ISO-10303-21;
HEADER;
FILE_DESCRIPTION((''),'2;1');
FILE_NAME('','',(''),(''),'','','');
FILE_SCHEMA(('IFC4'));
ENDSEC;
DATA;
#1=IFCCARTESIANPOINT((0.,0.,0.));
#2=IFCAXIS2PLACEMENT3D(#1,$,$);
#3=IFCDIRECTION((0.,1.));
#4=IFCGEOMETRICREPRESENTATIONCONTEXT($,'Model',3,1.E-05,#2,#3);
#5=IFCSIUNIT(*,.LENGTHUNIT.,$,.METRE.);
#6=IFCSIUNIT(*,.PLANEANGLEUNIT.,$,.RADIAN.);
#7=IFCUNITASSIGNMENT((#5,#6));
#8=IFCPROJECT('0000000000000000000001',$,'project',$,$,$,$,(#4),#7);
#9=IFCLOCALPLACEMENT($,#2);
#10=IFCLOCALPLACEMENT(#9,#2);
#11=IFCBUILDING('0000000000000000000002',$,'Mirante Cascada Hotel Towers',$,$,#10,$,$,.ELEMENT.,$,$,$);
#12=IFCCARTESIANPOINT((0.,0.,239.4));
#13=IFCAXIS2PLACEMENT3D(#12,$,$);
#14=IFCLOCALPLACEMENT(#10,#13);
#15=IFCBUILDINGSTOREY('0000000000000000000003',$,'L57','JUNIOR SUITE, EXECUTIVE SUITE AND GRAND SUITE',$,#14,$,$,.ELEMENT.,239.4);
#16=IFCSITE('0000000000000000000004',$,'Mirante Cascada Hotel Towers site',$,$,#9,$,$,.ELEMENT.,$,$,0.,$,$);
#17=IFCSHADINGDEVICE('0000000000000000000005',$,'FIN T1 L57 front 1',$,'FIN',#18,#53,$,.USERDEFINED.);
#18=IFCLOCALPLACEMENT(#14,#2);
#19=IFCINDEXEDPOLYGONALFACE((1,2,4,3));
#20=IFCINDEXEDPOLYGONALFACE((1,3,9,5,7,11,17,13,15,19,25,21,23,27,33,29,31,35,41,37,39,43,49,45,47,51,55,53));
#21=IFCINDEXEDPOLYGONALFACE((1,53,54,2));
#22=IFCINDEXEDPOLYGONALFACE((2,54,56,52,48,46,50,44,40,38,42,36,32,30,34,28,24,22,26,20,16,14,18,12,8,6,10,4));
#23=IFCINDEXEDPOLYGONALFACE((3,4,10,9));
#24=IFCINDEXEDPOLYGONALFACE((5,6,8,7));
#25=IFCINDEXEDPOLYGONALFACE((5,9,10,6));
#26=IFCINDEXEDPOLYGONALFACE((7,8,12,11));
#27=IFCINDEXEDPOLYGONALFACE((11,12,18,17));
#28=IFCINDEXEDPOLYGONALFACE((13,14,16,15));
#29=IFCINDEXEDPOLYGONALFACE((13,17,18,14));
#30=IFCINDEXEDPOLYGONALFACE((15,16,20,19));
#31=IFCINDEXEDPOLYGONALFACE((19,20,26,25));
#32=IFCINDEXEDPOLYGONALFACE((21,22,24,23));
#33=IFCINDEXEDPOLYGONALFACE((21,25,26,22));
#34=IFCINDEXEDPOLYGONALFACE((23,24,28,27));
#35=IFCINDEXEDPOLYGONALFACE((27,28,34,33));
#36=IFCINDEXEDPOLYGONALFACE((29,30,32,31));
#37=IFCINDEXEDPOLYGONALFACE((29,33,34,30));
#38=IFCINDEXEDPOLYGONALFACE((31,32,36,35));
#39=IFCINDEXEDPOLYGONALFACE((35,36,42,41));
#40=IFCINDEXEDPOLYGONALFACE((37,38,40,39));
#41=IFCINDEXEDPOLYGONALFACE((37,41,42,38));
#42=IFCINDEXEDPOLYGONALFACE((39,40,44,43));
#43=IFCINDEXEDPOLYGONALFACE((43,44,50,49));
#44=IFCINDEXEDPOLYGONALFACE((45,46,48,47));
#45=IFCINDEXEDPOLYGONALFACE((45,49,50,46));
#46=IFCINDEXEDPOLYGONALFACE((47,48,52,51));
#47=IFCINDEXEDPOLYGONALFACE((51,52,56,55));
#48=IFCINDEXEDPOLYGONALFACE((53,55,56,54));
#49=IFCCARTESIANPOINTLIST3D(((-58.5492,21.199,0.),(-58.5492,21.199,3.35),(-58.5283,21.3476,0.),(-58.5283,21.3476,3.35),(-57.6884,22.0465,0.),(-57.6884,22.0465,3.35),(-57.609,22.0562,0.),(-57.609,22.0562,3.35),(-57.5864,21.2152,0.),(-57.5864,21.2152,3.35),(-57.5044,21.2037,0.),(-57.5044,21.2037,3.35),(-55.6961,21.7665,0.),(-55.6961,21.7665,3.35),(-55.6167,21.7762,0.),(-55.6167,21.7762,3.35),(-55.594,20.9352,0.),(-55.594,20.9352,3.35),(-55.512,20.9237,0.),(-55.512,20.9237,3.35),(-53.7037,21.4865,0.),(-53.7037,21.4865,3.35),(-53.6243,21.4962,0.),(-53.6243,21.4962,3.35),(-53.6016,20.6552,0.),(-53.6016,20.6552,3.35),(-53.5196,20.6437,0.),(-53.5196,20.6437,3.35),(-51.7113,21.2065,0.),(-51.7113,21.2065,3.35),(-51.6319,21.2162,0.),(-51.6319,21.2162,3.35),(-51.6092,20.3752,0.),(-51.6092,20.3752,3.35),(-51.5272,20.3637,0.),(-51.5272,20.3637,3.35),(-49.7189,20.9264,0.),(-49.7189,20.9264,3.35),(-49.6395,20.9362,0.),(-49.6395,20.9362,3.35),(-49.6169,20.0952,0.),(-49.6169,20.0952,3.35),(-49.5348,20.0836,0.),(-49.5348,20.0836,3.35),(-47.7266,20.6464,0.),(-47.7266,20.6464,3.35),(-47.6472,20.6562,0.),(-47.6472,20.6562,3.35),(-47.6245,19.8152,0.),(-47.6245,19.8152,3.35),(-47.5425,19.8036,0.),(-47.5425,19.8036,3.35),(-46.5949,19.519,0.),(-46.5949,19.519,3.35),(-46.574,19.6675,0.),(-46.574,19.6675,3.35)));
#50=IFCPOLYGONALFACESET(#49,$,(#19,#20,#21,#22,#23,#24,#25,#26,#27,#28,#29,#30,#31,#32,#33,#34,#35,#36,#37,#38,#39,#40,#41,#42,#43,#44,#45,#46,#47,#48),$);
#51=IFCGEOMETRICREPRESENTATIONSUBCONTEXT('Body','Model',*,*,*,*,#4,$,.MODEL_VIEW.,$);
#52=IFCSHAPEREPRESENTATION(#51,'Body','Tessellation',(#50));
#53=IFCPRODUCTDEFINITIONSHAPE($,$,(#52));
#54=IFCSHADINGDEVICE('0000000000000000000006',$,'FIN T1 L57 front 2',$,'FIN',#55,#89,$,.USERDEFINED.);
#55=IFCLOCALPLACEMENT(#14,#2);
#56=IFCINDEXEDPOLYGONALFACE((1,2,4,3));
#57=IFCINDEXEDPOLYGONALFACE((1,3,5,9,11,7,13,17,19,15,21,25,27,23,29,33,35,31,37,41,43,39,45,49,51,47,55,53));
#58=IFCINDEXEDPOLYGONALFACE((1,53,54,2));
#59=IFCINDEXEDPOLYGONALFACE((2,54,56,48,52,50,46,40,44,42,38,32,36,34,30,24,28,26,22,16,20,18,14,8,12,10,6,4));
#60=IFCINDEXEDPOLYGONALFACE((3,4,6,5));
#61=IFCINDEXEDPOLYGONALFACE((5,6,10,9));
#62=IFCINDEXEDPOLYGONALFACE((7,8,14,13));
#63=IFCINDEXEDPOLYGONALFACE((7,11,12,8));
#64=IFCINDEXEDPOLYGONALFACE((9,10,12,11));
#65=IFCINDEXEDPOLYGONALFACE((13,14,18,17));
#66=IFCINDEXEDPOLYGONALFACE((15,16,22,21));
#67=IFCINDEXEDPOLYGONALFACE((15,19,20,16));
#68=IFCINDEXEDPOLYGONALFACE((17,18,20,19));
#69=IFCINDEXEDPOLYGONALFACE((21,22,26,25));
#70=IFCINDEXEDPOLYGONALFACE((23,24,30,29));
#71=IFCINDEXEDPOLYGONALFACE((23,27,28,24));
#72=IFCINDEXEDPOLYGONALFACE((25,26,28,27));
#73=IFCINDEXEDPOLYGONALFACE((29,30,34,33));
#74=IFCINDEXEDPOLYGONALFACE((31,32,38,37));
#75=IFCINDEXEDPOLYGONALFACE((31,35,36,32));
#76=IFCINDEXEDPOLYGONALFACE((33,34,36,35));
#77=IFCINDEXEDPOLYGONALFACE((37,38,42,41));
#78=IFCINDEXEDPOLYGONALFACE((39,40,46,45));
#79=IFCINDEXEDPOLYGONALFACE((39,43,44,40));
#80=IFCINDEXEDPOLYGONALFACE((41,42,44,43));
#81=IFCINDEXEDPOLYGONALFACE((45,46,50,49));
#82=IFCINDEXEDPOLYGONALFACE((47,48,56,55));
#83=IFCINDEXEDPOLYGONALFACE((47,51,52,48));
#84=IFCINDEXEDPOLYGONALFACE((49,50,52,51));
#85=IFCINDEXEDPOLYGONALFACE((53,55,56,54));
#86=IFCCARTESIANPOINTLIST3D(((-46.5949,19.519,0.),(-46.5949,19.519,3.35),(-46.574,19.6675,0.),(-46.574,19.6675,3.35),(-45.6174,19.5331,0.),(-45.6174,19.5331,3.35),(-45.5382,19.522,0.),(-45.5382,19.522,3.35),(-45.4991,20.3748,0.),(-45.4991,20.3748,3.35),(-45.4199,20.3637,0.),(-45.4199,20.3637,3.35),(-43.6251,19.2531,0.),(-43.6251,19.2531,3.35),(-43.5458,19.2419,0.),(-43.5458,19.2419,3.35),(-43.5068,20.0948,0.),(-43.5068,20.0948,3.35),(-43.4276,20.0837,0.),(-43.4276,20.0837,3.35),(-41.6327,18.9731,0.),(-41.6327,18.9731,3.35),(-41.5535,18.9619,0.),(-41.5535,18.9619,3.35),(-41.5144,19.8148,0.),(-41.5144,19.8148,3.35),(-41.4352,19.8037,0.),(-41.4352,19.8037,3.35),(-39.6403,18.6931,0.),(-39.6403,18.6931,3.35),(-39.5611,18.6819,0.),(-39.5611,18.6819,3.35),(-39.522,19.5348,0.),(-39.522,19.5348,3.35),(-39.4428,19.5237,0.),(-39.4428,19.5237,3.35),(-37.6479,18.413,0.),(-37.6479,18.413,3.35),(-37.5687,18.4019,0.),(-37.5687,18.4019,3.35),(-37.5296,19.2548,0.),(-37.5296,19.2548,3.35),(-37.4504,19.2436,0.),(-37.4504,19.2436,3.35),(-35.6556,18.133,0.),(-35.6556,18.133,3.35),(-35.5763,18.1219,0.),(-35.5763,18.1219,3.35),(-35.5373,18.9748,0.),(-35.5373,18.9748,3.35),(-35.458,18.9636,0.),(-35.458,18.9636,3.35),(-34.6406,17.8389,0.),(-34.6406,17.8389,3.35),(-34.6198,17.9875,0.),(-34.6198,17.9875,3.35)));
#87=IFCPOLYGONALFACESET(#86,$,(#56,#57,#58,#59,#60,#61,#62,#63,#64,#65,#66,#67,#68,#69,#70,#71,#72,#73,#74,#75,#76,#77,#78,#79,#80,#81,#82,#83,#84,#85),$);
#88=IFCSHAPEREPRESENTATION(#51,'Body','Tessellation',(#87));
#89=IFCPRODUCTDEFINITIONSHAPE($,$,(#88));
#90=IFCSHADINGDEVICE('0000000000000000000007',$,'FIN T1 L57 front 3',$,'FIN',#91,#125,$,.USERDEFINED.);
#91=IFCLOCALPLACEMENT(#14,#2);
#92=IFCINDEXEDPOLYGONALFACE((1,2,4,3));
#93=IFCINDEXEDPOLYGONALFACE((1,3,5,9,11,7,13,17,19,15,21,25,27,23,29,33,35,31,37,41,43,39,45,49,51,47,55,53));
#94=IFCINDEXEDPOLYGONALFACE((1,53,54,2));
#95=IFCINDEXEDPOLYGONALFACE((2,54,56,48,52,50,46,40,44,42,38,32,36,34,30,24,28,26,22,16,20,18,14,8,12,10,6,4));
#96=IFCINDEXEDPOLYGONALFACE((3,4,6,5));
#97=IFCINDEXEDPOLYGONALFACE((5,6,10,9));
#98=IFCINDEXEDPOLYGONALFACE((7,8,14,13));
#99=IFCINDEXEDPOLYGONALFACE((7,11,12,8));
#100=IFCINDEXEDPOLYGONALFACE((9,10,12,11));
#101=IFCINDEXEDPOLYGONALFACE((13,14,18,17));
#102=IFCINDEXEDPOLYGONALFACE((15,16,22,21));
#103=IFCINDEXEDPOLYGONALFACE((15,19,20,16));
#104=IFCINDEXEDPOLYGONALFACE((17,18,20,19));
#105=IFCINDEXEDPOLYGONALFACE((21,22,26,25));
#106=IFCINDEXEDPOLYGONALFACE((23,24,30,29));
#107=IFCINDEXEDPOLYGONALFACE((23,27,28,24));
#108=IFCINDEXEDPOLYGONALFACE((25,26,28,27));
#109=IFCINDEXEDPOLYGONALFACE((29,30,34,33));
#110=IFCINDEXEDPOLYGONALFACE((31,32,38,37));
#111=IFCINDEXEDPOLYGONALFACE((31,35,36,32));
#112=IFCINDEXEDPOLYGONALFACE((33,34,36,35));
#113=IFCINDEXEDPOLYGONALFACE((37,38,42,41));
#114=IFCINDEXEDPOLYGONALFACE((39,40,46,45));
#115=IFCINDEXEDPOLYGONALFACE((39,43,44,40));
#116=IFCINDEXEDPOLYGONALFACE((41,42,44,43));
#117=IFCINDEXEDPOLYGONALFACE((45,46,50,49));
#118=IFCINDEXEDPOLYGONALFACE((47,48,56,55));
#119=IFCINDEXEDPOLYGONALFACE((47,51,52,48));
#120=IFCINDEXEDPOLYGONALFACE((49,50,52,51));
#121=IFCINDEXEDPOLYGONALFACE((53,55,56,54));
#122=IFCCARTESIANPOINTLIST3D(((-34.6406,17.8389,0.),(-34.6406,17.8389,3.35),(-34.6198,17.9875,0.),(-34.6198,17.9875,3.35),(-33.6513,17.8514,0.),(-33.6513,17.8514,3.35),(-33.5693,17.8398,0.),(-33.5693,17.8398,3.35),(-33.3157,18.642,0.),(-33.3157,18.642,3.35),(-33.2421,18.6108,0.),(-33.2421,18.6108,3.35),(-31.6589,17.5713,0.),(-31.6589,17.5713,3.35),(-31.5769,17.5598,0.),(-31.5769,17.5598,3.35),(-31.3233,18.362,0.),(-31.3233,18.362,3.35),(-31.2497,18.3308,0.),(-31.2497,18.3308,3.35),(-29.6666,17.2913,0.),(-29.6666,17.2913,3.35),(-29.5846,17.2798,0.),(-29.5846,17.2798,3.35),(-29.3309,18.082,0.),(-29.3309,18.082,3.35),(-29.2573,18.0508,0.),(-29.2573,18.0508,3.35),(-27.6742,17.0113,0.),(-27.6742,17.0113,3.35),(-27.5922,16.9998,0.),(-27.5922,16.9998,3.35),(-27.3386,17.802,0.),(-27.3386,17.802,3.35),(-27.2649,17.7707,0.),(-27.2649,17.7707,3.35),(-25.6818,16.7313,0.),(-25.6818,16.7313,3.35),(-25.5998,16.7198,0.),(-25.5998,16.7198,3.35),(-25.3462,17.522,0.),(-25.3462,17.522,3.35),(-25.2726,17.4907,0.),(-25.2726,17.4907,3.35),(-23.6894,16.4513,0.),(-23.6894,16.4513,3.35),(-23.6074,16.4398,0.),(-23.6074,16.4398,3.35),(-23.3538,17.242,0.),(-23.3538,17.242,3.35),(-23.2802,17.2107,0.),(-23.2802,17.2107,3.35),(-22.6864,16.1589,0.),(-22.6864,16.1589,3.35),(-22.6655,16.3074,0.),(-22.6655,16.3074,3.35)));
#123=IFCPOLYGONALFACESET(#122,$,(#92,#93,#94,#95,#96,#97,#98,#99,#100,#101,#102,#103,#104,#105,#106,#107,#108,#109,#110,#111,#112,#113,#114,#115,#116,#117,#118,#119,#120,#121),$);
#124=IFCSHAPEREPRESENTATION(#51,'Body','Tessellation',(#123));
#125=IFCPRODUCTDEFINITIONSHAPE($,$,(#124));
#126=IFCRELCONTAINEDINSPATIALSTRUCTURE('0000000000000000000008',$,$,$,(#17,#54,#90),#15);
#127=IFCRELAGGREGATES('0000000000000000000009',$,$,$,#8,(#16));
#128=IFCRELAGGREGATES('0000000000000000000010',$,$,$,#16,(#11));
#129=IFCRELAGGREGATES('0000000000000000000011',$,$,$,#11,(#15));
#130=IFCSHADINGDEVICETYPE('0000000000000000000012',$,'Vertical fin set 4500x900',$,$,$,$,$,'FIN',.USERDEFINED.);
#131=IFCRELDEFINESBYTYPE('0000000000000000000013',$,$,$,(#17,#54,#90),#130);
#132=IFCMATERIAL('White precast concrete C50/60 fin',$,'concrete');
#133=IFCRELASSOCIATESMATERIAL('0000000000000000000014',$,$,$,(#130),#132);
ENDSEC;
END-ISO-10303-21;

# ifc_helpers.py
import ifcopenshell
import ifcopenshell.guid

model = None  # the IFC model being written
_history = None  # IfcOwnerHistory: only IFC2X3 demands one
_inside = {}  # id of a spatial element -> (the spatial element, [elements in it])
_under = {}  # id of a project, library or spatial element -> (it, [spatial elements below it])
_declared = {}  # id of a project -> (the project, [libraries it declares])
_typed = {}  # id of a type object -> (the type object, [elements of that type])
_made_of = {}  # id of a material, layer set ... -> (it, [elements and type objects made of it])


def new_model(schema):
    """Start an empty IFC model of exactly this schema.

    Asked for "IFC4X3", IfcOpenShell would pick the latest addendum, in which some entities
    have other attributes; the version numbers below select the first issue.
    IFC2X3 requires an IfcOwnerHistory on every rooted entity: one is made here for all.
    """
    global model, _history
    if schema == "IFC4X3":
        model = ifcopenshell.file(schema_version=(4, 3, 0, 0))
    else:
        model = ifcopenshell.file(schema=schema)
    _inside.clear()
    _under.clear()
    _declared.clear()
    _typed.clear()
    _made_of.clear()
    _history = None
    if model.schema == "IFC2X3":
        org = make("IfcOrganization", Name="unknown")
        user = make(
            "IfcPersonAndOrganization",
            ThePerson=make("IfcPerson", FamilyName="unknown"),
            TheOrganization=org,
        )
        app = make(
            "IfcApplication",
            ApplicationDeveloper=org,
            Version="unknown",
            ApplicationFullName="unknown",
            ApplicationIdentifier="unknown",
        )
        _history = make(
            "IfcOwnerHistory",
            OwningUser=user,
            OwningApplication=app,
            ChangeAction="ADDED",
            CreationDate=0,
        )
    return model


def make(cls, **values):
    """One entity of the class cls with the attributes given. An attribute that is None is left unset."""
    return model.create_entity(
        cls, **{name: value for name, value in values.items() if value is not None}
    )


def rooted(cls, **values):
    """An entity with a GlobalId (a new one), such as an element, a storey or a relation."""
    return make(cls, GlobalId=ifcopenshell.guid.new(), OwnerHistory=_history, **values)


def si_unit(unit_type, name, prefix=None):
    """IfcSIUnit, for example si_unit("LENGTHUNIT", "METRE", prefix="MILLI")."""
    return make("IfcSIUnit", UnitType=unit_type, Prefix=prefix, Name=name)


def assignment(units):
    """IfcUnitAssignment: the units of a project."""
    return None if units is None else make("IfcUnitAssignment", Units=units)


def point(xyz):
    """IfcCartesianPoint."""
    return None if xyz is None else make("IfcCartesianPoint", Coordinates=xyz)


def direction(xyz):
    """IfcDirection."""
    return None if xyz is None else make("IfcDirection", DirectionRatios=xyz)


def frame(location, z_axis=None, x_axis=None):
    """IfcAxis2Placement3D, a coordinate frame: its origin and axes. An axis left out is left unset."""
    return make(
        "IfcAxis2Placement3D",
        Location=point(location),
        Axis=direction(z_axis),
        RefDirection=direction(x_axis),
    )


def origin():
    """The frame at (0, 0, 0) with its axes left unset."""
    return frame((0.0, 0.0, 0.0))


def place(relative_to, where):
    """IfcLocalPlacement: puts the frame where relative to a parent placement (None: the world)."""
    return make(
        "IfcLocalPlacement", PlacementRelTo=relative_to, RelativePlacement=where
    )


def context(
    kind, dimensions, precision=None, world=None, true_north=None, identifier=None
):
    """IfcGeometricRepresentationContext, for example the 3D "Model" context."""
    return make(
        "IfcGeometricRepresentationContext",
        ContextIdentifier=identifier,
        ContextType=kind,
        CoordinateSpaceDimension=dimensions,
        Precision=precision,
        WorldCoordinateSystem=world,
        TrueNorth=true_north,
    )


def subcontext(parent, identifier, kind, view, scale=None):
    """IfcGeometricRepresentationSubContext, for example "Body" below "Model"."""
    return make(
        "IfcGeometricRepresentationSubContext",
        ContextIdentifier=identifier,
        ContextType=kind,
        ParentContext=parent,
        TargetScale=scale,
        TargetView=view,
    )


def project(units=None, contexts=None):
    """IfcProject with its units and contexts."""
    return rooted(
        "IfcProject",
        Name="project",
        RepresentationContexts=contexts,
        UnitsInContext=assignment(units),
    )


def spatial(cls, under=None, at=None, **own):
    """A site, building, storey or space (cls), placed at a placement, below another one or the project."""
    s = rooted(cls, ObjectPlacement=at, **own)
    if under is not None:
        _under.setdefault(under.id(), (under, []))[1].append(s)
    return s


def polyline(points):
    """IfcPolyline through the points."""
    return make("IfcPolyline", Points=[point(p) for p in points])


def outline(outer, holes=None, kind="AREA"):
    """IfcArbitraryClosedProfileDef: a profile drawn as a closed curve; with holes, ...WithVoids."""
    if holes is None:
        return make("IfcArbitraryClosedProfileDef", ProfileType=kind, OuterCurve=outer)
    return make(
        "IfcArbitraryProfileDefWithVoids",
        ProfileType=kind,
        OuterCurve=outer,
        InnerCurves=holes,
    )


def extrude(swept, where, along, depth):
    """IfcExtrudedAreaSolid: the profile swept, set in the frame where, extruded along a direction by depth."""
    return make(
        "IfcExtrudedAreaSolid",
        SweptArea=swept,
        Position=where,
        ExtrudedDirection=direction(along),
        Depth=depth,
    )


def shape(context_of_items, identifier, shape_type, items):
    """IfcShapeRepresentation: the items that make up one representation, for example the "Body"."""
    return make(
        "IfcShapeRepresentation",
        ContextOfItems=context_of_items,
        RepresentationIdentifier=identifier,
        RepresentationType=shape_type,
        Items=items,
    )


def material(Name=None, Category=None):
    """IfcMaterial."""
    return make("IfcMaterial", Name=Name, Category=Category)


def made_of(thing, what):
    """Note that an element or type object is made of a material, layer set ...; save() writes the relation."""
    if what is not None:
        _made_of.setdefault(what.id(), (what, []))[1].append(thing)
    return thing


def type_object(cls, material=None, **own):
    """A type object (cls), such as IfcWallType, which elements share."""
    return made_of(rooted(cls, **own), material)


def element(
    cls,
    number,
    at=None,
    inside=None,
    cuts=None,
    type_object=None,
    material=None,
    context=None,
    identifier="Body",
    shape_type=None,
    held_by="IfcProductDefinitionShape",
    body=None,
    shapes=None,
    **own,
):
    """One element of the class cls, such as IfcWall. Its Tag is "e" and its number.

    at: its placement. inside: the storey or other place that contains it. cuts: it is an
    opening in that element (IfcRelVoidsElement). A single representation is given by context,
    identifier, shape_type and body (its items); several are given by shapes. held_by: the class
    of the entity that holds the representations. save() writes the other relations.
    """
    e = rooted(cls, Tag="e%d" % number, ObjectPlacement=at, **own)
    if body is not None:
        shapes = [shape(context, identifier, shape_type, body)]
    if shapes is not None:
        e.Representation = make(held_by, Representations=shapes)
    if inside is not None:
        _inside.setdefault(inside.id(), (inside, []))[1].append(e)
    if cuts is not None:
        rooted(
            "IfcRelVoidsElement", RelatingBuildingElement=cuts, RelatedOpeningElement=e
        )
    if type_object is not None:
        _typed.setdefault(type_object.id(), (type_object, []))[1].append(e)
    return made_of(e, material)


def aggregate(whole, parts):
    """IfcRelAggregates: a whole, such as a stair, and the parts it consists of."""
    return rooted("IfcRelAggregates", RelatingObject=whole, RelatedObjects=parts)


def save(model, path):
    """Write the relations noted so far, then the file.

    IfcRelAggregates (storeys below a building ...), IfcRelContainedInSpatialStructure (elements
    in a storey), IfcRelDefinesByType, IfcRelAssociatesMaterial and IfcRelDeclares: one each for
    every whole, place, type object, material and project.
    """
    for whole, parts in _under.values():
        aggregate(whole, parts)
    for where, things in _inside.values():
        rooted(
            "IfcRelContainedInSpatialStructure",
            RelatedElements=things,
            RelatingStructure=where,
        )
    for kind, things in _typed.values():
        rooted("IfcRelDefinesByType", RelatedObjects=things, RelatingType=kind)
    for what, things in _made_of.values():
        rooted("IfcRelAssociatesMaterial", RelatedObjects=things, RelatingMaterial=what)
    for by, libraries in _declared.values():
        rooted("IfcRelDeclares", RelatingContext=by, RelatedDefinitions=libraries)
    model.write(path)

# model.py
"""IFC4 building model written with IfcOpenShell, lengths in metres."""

from ifc_helpers import new_model, si_unit, direction, frame, origin, place, context, subcontext, project, spatial, polyline, outline, extrude, material, type_object, element, save


model = new_model("IFC4")

# Units and contexts
model_context = context("Model", 3, precision=1e-05, world=origin(), true_north=direction((0.0, 1.0)))
body_context = subcontext(model_context, "Body", "Model", "MODEL_VIEW")
ifc_project = project(units=[si_unit("LENGTHUNIT", "METRE"), si_unit("PLANEANGLEUNIT", "RADIAN")], contexts=[model_context])

# Site, building, storey
site_placement = place(None, origin())
site = spatial("IfcSite", under=ifc_project, at=site_placement, Name="Mirante Cascada Hotel Towers site", CompositionType="ELEMENT", RefElevation=0.0)
building_placement = place(site_placement, origin())
building = spatial("IfcBuilding", under=site, at=building_placement, Name="Mirante Cascada Hotel Towers", CompositionType="ELEMENT")
storey_placement = place(building_placement, frame((0.0, 0.0, 239.4)))
storey = spatial("IfcBuildingStorey", under=building, at=storey_placement, Name="L57", Description="JUNIOR SUITE, EXECUTIVE SUITE AND GRAND SUITE", CompositionType="ELEMENT", Elevation=239.4)

# Shading devices
ifc_material_1 = material(Name="White precast concrete C50/60 fin", Category="concrete")
shading_device_type = type_object("IfcShadingDeviceType", Name="Vertical fin set 4500x900", ElementType="FIN", PredefinedType="USERDEFINED", material=ifc_material_1)
shading_device_1_placement = place(storey_placement, origin())
element("IfcShadingDevice", 1, at=shading_device_1_placement, inside=storey, type_object=shading_device_type, Name="FIN T1 L57 front 1", ObjectType="FIN", PredefinedType="USERDEFINED", context=body_context, shape_type="SweptSolid", body=[
    extrude(outline(polyline([(-47.6472, 20.6562), (-47.5425, 19.8036), (-46.574, 19.6675), (-46.5949, 19.519), (-58.5492, 21.199), (-58.5283, 21.3476), (-57.5864, 21.2152), (-57.6884, 22.0465), (-57.609, 22.0562), (-57.5044, 21.2037), (-55.594, 20.9352), (-55.6961, 21.7665), (-55.6167, 21.7762), (-55.512, 20.9237), (-53.6016, 20.6552), (-53.7037, 21.4865), (-53.6243, 21.4962), (-53.5196, 20.6437), (-51.6092, 20.3752), (-51.7113, 21.2065), (-51.6319, 21.2162), (-51.5272, 20.3637), (-49.6169, 20.0952), (-49.7189, 20.9264), (-49.6395, 20.9362), (-49.5348, 20.0836), (-47.6245, 19.8152), (-47.7266, 20.6464), (-47.6472, 20.6562)])), origin(), (0.0, 0.0, 1.0), 3.35),
])
shading_device_2_placement = place(storey_placement, origin())
element("IfcShadingDevice", 2, at=shading_device_2_placement, inside=storey, type_object=shading_device_type, Name="FIN T1 L57 front 2", ObjectType="FIN", PredefinedType="USERDEFINED", context=body_context, shape_type="SweptSolid", body=[
    extrude(outline(polyline([(-35.458, 18.9636), (-35.5763, 18.1219), (-34.6198, 17.9875), (-34.6406, 17.8389), (-46.5949, 19.519), (-46.574, 19.6675), (-45.6174, 19.5331), (-45.4991, 20.3748), (-45.4199, 20.3637), (-45.5382, 19.522), (-43.6251, 19.2531), (-43.5068, 20.0948), (-43.4276, 20.0837), (-43.5458, 19.2419), (-41.6327, 18.9731), (-41.5144, 19.8148), (-41.4352, 19.8037), (-41.5535, 18.9619), (-39.6403, 18.6931), (-39.522, 19.5348), (-39.4428, 19.5237), (-39.5611, 18.6819), (-37.6479, 18.413), (-37.5296, 19.2548), (-37.4504, 19.2436), (-37.5687, 18.4019), (-35.6556, 18.133), (-35.5373, 18.9748), (-35.458, 18.9636)])), origin(), (0.0, 0.0, 1.0), 3.35),
])
shading_device_3_placement = place(storey_placement, origin())
element("IfcShadingDevice", 3, at=shading_device_3_placement, inside=storey, type_object=shading_device_type, Name="FIN T1 L57 front 3", ObjectType="FIN", PredefinedType="USERDEFINED", context=body_context, shape_type="SweptSolid", body=[
    extrude(outline(polyline([(-23.2802, 17.2107), (-23.6074, 16.4398), (-22.6655, 16.3074), (-22.6864, 16.1589), (-34.6406, 17.8389), (-34.6198, 17.9875), (-33.6513, 17.8514), (-33.3157, 18.642), (-33.2421, 18.6108), (-33.5693, 17.8398), (-31.6589, 17.5713), (-31.3233, 18.362), (-31.2497, 18.3308), (-31.5769, 17.5598), (-29.6666, 17.2913), (-29.3309, 18.082), (-29.2573, 18.0508), (-29.5846, 17.2798), (-27.6742, 17.0113), (-27.3386, 17.802), (-27.2649, 17.7707), (-27.5922, 16.9998), (-25.6818, 16.7313), (-25.3462, 17.522), (-25.2726, 17.4907), (-25.5998, 16.7198), (-23.6894, 16.4513), (-23.3538, 17.242), (-23.2802, 17.2107)])), origin(), (0.0, 0.0, 1.0), 3.35),
])

save(model, "model.ifc")
